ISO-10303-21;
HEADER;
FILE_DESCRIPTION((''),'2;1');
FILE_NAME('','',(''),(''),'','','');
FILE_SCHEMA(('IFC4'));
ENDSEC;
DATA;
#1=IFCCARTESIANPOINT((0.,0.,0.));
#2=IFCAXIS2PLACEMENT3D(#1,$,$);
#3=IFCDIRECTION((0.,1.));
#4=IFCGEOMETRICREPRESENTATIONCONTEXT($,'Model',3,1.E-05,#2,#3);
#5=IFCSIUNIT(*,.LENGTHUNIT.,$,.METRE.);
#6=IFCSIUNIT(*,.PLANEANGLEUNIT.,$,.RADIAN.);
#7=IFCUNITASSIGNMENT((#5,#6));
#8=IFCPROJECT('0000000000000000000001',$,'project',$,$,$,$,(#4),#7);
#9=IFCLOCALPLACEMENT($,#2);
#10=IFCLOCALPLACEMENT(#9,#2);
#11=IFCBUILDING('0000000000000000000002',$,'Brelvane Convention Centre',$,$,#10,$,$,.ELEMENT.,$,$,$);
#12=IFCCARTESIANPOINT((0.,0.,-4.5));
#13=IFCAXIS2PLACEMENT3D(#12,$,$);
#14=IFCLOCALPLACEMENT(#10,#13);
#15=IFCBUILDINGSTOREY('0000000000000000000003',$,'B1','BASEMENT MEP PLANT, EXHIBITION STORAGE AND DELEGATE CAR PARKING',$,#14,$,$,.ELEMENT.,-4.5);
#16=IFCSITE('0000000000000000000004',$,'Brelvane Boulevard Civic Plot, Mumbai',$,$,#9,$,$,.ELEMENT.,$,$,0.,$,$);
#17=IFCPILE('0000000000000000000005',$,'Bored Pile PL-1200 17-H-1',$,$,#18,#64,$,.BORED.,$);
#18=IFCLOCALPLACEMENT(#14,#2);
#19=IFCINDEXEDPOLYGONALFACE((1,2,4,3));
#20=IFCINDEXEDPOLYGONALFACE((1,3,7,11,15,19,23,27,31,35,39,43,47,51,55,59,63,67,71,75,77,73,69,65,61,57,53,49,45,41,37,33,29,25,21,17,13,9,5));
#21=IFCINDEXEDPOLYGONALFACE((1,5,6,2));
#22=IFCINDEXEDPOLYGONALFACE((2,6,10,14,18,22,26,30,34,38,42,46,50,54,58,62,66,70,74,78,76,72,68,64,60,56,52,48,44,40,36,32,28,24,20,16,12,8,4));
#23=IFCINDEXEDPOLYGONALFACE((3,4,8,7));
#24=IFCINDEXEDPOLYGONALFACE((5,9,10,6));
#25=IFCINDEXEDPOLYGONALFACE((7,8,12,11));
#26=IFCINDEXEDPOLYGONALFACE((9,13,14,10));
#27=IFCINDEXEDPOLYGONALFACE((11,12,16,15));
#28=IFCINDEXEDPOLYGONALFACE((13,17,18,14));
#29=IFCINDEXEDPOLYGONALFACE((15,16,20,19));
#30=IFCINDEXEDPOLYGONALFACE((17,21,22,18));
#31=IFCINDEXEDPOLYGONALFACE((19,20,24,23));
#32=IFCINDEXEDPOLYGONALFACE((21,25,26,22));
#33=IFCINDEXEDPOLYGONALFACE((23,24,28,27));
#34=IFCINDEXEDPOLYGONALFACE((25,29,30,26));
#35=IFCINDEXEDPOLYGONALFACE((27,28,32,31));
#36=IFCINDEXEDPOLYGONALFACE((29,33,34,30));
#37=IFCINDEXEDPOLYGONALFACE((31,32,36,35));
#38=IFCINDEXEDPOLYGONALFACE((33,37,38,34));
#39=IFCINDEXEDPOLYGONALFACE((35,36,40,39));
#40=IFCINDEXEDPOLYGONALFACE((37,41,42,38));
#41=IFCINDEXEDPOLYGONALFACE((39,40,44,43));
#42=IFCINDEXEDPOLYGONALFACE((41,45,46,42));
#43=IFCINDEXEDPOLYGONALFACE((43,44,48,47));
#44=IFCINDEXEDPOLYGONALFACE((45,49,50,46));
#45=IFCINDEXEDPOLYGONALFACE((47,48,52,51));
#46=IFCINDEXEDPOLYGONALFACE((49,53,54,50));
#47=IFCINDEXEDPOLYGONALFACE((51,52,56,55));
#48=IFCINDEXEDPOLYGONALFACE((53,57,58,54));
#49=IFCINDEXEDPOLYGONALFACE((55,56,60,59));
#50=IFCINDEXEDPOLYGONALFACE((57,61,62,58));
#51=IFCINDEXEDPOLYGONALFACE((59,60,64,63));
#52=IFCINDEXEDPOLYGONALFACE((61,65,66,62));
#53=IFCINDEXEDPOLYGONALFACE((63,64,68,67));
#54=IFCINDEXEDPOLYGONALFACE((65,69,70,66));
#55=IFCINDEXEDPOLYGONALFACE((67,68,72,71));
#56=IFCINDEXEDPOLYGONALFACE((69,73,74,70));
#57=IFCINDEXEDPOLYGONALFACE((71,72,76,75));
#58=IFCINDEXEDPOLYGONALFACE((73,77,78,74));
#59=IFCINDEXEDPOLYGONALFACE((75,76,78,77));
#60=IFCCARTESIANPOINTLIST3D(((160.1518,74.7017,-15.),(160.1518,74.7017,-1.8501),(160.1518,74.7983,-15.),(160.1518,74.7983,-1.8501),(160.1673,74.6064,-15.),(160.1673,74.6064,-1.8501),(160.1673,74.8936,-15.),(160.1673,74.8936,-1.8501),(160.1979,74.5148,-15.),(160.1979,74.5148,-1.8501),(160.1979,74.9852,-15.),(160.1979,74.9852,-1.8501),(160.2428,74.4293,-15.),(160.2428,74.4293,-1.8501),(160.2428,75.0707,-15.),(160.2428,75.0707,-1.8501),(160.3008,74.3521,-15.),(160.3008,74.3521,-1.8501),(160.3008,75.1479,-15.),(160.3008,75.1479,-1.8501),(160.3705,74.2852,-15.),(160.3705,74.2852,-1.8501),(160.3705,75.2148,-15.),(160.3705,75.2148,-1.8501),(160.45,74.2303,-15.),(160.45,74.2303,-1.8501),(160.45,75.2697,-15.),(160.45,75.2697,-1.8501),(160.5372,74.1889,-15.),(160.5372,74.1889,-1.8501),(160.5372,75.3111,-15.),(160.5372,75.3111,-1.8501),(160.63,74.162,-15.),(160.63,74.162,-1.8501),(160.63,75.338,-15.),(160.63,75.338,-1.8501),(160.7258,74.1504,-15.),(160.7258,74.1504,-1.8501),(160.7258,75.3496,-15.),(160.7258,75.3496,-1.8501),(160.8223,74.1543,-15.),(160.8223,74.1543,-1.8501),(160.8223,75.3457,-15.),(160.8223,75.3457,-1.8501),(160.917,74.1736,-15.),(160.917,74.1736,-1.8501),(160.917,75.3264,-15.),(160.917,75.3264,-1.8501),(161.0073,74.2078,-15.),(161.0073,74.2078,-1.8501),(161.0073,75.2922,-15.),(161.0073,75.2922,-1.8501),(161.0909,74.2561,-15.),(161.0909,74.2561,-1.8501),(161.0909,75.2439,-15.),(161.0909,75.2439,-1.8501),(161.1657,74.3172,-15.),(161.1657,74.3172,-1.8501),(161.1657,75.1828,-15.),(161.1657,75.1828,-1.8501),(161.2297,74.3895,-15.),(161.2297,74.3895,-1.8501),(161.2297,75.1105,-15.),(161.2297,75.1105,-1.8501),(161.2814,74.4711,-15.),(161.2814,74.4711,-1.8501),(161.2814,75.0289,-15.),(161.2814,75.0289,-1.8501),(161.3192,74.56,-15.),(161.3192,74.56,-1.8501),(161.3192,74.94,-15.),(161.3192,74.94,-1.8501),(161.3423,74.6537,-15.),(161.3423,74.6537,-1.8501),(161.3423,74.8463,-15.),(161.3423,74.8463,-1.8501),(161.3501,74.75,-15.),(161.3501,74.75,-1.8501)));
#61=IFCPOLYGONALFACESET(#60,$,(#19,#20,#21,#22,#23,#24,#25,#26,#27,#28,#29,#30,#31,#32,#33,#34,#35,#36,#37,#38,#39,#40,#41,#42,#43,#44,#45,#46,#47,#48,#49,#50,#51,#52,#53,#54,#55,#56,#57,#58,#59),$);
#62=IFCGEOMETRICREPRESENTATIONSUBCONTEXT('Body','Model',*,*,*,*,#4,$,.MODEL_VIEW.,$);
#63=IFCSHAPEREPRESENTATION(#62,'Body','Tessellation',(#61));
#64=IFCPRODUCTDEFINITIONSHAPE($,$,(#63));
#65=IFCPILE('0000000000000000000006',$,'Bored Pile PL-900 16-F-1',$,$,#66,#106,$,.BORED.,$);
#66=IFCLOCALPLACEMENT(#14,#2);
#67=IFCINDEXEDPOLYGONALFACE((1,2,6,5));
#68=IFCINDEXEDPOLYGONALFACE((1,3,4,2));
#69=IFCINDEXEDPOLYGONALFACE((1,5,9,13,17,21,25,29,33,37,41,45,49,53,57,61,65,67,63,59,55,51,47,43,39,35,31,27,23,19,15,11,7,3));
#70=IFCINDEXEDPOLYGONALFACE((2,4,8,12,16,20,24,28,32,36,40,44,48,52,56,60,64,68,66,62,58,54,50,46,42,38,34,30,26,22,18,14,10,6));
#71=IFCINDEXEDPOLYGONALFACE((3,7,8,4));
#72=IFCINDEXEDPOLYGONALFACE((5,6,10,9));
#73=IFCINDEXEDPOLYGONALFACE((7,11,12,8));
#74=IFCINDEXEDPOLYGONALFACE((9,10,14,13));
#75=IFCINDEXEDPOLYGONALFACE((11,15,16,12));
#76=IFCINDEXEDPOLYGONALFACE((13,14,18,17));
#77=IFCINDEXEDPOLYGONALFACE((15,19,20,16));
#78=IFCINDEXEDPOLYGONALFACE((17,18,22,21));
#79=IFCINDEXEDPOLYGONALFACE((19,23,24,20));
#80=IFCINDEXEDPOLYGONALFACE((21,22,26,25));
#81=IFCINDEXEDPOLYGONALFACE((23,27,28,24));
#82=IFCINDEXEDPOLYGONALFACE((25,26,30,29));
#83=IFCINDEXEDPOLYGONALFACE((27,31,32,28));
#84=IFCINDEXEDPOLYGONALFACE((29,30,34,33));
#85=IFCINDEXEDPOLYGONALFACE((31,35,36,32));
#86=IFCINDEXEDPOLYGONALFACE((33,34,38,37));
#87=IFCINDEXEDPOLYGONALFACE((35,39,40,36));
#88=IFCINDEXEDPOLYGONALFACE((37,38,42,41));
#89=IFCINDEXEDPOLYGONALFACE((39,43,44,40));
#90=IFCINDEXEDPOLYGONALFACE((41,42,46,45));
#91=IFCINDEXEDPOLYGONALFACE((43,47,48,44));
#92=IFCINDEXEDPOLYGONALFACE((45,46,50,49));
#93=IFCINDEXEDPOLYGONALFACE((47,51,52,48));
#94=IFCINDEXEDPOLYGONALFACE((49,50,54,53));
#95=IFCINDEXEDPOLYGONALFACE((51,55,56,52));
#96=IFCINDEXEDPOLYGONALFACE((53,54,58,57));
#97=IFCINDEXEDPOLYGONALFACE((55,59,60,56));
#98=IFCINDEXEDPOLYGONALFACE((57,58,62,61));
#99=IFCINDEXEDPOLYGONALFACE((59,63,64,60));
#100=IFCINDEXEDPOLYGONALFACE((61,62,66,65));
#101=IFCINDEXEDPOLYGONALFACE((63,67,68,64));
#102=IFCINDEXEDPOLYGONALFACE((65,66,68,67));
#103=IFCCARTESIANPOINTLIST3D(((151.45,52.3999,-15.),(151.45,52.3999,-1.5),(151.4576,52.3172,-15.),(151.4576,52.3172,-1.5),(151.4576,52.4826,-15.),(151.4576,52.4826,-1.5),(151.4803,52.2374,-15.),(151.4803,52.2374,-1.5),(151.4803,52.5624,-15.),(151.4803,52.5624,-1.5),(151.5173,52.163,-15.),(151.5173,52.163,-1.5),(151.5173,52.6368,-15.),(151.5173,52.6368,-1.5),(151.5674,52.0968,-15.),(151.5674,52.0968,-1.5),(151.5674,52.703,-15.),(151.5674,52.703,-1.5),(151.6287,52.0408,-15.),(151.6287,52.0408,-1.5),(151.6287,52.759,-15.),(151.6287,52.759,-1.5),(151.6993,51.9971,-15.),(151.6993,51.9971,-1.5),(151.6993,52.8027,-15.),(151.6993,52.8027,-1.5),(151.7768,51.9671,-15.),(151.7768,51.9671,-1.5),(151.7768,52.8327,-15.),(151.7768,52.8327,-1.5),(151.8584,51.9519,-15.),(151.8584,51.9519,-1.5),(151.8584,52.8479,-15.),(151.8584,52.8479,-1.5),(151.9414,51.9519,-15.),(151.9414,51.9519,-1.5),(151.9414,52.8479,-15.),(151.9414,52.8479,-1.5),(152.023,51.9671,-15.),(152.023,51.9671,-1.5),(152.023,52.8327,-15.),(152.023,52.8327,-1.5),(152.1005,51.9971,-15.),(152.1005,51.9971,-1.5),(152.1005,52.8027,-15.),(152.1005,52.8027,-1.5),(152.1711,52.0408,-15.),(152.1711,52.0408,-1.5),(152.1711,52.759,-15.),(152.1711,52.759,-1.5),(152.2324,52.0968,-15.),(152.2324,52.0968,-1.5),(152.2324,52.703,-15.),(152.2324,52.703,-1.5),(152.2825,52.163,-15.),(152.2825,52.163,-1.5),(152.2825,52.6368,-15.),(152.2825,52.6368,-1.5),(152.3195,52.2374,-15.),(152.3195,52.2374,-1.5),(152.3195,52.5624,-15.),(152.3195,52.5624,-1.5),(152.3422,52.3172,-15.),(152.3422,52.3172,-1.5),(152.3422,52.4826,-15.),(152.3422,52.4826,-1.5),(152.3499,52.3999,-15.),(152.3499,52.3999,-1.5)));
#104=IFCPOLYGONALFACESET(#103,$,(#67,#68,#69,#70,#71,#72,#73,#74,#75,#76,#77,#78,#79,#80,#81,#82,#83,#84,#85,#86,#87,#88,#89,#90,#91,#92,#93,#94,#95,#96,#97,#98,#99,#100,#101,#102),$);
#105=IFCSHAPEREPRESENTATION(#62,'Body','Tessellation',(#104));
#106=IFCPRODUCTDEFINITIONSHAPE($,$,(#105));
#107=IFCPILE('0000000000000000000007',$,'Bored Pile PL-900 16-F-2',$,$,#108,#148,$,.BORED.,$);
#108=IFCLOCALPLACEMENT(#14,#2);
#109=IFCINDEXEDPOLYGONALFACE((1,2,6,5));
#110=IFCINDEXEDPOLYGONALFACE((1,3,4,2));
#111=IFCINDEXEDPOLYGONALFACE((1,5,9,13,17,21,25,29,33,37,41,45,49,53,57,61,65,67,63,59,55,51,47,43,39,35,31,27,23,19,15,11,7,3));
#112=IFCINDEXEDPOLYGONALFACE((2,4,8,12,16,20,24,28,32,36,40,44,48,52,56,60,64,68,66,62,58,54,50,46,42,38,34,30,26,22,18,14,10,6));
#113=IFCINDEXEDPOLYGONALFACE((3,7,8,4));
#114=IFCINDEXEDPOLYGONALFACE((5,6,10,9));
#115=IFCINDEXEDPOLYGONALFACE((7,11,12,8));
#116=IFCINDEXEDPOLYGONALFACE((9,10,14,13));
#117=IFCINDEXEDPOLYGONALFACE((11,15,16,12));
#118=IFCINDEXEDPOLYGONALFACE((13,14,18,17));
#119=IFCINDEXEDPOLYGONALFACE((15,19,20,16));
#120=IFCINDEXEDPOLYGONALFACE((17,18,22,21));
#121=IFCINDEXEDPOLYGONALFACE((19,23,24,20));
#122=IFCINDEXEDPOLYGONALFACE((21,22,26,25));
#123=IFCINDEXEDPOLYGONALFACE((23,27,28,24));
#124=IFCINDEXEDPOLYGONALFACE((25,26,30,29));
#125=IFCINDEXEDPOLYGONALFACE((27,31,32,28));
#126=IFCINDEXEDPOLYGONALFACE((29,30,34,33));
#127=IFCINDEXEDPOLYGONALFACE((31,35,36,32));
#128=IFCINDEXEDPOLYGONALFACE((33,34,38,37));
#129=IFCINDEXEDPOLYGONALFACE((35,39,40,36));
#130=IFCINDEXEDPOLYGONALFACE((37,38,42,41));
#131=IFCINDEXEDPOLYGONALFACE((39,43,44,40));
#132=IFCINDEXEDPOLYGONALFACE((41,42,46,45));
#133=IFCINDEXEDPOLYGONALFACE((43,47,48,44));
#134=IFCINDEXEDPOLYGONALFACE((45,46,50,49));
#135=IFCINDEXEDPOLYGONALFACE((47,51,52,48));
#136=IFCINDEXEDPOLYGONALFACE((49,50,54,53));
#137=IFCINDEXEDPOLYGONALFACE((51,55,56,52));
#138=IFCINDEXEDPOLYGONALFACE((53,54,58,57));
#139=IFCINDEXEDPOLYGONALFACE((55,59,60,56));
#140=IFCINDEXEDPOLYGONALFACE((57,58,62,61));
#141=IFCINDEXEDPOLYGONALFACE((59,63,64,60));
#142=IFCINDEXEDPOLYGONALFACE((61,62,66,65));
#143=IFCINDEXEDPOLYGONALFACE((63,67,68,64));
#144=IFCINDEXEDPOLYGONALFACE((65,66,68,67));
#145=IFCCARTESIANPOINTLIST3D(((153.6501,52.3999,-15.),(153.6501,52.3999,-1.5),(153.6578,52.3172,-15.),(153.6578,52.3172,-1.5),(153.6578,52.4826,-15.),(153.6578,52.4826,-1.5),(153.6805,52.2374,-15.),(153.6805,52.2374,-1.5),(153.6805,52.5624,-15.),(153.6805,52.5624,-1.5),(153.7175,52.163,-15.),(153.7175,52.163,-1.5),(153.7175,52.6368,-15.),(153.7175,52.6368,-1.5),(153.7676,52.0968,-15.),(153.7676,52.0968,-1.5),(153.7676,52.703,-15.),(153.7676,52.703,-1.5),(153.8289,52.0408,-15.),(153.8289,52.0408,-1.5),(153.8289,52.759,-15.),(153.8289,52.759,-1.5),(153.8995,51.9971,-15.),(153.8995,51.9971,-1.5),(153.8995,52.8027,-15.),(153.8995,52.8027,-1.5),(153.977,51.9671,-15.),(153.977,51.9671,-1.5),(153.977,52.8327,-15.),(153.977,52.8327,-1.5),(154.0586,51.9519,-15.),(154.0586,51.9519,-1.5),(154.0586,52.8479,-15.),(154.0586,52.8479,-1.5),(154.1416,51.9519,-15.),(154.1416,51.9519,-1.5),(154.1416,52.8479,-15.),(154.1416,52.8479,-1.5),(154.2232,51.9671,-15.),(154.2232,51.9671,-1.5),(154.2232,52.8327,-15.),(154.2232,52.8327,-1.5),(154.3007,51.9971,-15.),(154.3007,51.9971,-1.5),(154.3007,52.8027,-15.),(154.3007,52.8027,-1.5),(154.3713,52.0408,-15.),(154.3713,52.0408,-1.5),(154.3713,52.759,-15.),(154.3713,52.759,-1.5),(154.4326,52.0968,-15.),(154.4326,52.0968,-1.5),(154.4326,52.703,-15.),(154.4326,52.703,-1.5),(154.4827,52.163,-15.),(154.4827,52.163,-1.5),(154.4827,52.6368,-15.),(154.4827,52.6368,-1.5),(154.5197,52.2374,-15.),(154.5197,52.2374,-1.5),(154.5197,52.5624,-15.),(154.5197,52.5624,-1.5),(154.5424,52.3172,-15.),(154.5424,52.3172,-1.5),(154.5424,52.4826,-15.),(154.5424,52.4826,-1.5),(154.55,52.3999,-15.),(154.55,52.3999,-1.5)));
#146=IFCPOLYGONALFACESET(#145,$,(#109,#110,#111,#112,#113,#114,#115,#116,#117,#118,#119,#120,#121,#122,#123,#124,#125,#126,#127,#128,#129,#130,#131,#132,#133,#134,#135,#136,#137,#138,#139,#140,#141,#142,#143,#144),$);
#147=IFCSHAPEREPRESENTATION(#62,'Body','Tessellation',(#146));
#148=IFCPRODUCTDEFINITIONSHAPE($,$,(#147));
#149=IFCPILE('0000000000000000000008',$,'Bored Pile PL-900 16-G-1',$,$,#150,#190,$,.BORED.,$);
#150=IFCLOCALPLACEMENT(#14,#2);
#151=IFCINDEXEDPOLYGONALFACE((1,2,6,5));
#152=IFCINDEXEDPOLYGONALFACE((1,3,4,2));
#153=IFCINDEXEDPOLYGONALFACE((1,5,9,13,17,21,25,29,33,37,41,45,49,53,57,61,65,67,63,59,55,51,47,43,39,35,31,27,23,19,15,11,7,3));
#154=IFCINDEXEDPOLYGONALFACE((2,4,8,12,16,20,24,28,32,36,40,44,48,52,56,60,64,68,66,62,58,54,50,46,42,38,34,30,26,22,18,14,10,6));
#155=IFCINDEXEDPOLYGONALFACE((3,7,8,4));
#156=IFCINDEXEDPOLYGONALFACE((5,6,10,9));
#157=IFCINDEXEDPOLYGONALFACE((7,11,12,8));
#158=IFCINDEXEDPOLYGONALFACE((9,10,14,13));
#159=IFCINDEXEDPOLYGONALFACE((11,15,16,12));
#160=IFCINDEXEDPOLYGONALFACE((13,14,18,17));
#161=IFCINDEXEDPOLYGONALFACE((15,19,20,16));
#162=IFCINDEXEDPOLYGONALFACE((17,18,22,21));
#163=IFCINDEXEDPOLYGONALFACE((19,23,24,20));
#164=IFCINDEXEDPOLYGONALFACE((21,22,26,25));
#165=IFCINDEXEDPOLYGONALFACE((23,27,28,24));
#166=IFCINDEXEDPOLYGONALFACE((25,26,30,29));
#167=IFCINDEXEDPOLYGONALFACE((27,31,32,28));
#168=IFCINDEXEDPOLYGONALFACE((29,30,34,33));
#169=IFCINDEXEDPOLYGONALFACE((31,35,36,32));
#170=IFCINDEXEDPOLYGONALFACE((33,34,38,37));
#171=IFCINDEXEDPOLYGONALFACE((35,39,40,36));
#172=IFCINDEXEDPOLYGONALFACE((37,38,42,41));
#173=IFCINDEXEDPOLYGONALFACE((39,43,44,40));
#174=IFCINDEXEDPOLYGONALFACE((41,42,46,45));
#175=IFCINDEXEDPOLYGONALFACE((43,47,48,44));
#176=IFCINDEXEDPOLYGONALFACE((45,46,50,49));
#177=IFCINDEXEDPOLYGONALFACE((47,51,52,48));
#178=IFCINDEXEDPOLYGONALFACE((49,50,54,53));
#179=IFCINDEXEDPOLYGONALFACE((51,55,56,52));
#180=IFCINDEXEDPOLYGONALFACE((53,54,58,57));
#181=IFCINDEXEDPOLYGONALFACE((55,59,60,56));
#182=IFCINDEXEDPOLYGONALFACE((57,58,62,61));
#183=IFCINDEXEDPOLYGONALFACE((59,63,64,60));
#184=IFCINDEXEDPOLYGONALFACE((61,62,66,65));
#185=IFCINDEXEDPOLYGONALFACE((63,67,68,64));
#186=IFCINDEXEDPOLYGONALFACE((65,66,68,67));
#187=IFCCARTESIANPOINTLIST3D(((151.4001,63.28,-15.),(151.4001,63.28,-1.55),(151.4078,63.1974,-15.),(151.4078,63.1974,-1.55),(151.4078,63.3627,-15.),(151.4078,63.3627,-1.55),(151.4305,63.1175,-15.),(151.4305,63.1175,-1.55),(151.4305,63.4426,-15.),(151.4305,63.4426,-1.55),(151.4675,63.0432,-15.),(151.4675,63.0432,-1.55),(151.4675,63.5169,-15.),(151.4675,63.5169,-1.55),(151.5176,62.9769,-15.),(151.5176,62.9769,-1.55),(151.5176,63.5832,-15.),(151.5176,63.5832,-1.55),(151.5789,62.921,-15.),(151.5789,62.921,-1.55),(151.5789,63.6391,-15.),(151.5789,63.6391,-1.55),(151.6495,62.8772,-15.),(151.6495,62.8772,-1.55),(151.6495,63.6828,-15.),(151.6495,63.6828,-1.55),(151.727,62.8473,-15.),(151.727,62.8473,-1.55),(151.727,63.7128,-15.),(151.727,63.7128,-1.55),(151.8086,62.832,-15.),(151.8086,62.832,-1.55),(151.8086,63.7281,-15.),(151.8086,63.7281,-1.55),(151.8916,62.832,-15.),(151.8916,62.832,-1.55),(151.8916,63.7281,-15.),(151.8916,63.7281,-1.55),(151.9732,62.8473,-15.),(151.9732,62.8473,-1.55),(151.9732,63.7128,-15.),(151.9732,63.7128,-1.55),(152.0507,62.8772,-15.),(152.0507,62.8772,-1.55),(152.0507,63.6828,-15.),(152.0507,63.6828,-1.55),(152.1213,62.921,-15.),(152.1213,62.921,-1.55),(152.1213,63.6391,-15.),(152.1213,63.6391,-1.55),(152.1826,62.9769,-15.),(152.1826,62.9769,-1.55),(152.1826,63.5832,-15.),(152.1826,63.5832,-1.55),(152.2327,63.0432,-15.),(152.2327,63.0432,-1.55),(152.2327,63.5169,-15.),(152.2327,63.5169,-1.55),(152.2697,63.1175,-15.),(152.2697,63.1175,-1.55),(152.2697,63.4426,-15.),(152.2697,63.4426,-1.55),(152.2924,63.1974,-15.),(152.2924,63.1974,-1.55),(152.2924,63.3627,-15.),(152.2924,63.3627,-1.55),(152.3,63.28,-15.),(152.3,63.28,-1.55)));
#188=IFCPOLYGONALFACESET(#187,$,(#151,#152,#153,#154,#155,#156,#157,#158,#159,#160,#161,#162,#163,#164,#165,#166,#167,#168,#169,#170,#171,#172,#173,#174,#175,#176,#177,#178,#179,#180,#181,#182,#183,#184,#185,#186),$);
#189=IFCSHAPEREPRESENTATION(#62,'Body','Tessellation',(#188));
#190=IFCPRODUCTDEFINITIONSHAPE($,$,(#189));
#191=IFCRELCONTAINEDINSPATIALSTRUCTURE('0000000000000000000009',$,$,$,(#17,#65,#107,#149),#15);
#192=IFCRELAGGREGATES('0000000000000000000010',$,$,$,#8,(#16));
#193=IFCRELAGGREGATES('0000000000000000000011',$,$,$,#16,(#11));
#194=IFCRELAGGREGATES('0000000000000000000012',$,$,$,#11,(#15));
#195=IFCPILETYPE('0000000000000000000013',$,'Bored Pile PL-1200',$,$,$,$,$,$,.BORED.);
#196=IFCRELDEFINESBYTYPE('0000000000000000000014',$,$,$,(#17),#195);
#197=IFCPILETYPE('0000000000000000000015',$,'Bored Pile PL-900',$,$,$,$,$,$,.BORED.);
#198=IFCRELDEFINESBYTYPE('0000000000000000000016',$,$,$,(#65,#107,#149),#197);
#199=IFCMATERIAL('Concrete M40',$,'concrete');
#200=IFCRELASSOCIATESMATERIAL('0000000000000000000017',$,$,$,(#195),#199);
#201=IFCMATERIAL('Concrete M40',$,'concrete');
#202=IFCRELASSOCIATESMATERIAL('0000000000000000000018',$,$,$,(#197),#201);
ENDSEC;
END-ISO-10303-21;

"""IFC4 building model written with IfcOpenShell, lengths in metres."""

from ifc_helpers import new_model, si_unit, direction, frame, origin, origin_2d, place, context, subcontext, project, spatial, circle, extrude, material, material_profile, profile_set, type_object, element, save


model = new_model("IFC4")

# Units and contexts
model_context = context("Model", 3, precision=1e-05, world=origin(), true_north=direction((0.0, 1.0)))
body_context = subcontext(model_context, "Body", "Model", "MODEL_VIEW")
ifc_project = project(units=[si_unit("LENGTHUNIT", "METRE"), si_unit("PLANEANGLEUNIT", "RADIAN")], contexts=[model_context])

# Site, building, storey
site_placement = place(None, origin())
site = spatial("IfcSite", under=ifc_project, at=site_placement, Name="Brelvane Boulevard Civic Plot, Mumbai", CompositionType="ELEMENT", RefElevation=0.0)
building_placement = place(site_placement, origin())
building = spatial("IfcBuilding", under=site, at=building_placement, Name="Brelvane Convention Centre", CompositionType="ELEMENT")
storey_placement = place(building_placement, frame((0.0, 0.0, -4.5)))
storey = spatial("IfcBuildingStorey", under=building, at=storey_placement, Name="B1", Description="BASEMENT MEP PLANT, EXHIBITION STORAGE AND DELEGATE CAR PARKING", CompositionType="ELEMENT", Elevation=-4.5)

# Piles
ifc_material_1 = material(Name="Concrete M40", Category="concrete")
ifc_material_profile_1 = material_profile(ifc_material_1, circle(Radius=0.6001, at=origin_2d()), Name="PILE D1200")
ifc_profile_set_1 = profile_set([ifc_material_profile_1], Name="Concrete M40")
pile_type_1 = type_object("IfcPileType", Name="Bored Pile PL-1200", PredefinedType="BORED", material=ifc_profile_set_1)
for number, where, z_axis, x_axis, name in (
    (1, (160.75, 74.75, -1.8501), (0.0, 0.0, -1.0), (1.0, 0.0, 0.0), "Bored Pile PL-1200 17-H-1"),
):
    element("IfcPile", number, at=place(storey_placement, frame(where, z_axis=z_axis, x_axis=x_axis)), inside=storey, type_object=pile_type_1, Name=name, PredefinedType="BORED", context=body_context, shape_type="SweptSolid", body=[
        extrude(circle(Radius=0.6001, at=origin_2d()), origin(), (0.0, 0.0, 1.0), 13.1499),
    ])
ifc_material_2 = material(Name="Concrete M40", Category="concrete")
ifc_material_profile_2 = material_profile(ifc_material_2, circle(Radius=0.45, at=origin_2d()), Name="PILE D900")
ifc_profile_set_2 = profile_set([ifc_material_profile_2], Name="Concrete M40")
pile_type_2 = type_object("IfcPileType", Name="Bored Pile PL-900", PredefinedType="BORED", material=ifc_profile_set_2)
for number, where, z_axis, x_axis, name in (
    (2, (151.8999, 52.3999, -1.5), (0.0, 0.0, -1.0), (1.0, 0.0, 0.0), "Bored Pile PL-900 16-F-1"),
    (3, (154.1001, 52.3999, -1.5), (0.0, 0.0, -1.0), (1.0, 0.0, 0.0), "Bored Pile PL-900 16-F-2"),
):
    element("IfcPile", number, at=place(storey_placement, frame(where, z_axis=z_axis, x_axis=x_axis)), inside=storey, type_object=pile_type_2, Name=name, PredefinedType="BORED", context=body_context, shape_type="SweptSolid", body=[
        extrude(circle(Radius=0.45, at=origin_2d()), origin(), (0.0, 0.0, 1.0), 13.5),
    ])
for number, where, z_axis, x_axis, name in (
    (4, (151.8501, 63.28, -1.55), (0.0, 0.0, -1.0), (1.0, 0.0, 0.0), "Bored Pile PL-900 16-G-1"),
):
    element("IfcPile", number, at=place(storey_placement, frame(where, z_axis=z_axis, x_axis=x_axis)), inside=storey, type_object=pile_type_2, Name=name, PredefinedType="BORED", context=body_context, shape_type="SweptSolid", body=[
        extrude(circle(Radius=0.45, at=origin_2d()), origin(), (0.0, 0.0, 1.0), 13.45),
    ])

save(model, "model.ifc")
